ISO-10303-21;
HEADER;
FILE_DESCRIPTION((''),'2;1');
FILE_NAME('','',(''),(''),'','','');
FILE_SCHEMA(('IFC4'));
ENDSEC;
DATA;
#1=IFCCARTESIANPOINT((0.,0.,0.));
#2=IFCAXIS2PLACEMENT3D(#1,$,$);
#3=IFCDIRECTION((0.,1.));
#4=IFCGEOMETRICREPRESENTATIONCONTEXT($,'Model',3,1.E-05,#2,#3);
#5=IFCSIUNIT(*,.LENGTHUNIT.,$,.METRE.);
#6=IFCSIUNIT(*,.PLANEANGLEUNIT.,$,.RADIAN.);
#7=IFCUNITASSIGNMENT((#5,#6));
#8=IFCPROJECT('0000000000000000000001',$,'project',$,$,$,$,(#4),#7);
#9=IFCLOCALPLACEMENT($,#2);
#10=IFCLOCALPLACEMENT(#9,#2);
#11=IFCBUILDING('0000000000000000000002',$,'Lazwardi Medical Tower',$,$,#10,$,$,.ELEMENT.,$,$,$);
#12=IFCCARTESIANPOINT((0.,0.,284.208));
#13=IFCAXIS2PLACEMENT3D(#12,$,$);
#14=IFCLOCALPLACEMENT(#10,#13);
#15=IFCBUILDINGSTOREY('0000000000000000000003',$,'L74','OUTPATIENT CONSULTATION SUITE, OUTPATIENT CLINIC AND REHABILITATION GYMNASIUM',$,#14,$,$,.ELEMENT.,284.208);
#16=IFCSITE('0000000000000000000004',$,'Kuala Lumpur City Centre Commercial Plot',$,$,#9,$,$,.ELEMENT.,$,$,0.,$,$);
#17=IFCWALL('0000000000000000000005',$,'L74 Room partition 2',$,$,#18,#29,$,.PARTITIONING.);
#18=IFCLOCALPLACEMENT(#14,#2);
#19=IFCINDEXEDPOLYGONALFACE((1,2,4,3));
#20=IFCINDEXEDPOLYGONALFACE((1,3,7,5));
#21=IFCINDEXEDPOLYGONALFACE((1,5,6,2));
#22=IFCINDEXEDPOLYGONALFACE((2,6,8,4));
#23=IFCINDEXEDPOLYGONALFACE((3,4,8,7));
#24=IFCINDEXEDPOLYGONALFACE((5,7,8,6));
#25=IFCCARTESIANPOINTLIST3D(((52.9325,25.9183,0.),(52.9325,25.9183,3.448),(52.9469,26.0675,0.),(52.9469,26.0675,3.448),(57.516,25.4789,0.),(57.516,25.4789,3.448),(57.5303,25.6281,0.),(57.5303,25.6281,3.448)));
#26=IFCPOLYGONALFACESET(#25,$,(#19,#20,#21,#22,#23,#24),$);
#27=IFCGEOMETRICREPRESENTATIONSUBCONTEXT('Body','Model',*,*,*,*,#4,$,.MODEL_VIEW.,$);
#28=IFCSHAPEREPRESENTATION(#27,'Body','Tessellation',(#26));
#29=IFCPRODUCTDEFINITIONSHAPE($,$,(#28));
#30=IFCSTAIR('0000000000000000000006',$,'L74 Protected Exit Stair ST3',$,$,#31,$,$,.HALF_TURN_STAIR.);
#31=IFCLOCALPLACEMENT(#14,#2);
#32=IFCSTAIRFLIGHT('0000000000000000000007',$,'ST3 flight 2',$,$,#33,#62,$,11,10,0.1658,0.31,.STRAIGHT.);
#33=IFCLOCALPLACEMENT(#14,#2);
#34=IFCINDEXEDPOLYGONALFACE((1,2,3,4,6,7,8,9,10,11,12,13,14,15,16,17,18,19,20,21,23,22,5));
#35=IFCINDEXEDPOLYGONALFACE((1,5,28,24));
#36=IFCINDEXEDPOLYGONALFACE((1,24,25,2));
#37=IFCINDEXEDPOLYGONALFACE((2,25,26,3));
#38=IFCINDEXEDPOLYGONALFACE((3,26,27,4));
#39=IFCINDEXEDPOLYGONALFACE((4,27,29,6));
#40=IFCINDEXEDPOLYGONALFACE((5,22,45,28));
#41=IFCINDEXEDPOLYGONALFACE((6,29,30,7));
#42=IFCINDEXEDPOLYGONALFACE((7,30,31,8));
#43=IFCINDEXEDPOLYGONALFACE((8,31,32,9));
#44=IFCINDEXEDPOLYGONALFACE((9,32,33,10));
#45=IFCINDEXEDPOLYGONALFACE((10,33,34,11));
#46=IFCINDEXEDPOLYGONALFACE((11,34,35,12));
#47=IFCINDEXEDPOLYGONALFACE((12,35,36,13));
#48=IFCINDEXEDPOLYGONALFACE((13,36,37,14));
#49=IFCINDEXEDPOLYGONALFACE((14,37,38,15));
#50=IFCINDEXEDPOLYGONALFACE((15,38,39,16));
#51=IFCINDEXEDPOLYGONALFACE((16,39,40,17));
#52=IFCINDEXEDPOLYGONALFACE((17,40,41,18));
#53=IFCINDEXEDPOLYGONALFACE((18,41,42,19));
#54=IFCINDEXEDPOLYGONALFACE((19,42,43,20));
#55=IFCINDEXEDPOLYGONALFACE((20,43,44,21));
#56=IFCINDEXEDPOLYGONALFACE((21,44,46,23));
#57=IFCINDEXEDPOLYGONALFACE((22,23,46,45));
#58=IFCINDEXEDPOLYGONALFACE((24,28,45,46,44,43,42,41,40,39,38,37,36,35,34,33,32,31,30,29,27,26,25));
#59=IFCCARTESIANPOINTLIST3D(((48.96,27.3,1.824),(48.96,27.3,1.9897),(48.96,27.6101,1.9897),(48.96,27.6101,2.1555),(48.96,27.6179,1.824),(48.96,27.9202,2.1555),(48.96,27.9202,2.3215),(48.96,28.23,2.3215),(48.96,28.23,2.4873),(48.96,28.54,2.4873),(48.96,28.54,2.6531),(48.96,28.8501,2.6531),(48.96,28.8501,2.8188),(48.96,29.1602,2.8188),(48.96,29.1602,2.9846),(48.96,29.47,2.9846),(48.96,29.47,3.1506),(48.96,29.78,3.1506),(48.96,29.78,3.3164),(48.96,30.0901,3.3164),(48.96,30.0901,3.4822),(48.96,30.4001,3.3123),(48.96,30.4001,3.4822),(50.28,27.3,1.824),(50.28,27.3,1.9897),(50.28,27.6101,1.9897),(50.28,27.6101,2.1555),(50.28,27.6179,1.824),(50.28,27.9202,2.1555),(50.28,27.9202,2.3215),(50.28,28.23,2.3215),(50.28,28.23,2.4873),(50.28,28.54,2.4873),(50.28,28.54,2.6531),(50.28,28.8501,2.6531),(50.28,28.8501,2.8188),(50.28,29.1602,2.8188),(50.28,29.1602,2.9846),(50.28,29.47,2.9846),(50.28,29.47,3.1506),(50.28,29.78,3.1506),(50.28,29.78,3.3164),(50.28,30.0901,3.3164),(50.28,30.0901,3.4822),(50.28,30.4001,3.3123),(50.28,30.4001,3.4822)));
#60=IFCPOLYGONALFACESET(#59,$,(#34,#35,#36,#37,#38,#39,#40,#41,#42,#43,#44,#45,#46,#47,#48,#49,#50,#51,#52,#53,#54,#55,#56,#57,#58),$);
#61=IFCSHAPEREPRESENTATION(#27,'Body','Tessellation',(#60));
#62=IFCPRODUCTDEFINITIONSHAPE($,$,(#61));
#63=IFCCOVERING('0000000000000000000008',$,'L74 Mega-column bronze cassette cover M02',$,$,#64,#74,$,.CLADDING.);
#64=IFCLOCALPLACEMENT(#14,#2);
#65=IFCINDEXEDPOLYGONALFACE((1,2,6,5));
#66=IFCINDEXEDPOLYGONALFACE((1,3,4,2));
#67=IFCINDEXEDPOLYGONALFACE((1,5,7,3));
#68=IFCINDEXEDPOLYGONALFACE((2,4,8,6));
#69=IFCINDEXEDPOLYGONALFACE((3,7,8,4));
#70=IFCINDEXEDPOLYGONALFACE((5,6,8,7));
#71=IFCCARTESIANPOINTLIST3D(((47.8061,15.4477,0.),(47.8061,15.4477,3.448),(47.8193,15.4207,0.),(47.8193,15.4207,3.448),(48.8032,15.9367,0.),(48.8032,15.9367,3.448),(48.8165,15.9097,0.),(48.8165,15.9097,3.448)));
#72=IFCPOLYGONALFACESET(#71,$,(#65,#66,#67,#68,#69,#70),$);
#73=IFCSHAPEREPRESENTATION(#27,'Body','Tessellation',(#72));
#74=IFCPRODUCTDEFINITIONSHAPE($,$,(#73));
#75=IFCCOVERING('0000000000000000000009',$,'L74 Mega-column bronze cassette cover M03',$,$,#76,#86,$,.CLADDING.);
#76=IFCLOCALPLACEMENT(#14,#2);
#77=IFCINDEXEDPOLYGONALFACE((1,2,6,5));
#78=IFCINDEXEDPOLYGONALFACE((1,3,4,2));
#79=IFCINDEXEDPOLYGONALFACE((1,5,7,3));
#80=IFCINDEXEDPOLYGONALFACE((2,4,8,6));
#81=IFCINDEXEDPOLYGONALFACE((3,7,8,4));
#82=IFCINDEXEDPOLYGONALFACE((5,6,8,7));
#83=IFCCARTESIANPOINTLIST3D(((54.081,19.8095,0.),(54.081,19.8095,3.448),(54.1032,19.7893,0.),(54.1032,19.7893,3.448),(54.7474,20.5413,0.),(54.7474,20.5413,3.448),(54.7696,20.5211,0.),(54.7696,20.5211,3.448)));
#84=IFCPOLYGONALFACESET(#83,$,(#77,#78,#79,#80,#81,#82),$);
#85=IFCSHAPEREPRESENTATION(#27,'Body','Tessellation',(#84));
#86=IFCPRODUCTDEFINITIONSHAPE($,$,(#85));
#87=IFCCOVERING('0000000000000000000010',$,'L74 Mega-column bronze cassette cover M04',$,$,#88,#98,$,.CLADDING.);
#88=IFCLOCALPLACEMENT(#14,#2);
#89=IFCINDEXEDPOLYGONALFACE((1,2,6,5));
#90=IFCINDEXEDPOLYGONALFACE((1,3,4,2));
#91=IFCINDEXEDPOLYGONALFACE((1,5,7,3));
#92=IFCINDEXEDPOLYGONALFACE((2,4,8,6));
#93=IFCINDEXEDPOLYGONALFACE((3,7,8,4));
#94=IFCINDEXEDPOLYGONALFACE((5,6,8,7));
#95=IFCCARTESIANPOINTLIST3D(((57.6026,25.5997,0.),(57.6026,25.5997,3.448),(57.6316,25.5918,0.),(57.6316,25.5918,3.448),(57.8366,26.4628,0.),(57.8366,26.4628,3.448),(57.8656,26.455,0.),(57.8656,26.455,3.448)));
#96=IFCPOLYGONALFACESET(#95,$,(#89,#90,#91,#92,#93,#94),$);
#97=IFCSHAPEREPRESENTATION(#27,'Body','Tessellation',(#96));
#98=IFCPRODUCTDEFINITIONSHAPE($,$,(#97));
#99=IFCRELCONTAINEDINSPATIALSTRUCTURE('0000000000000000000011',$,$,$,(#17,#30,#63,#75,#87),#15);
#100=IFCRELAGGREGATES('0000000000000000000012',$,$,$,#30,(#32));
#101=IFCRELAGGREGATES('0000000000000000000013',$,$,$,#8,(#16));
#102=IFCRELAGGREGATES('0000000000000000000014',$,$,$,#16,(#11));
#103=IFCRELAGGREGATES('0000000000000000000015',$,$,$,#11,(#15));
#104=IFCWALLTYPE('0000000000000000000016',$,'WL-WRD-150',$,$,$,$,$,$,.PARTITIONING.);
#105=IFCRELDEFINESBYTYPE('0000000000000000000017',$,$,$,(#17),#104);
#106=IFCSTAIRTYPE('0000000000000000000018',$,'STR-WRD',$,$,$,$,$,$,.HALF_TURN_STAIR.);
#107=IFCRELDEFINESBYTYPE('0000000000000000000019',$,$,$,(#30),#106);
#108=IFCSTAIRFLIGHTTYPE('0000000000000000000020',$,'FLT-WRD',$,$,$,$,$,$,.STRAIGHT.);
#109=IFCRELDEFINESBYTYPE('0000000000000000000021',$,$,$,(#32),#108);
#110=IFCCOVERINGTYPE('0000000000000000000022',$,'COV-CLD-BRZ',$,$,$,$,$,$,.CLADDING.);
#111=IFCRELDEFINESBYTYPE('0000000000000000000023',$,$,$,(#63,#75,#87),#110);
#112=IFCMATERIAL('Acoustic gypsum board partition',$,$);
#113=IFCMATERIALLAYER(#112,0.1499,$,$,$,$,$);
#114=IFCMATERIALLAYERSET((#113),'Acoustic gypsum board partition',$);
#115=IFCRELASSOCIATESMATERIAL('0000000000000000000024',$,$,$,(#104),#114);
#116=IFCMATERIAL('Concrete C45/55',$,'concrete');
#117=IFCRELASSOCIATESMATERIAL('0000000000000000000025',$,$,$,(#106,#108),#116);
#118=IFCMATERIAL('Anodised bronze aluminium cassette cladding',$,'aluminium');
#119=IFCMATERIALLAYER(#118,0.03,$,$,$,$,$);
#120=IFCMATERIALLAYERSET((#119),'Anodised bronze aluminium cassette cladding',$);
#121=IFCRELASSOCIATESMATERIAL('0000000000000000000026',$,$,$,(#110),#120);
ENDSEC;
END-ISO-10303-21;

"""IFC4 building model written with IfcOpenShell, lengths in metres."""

from ifc_helpers import new_model, si_unit, direction, frame, frame_2d, origin, origin_2d, place, context, subcontext, project, spatial, polyline, rectangle, outline, extrude, material, layer, layer_set, type_object, element, aggregate, save


model = new_model("IFC4")

# Units and contexts
model_context = context("Model", 3, precision=1e-05, world=origin(), true_north=direction((0.0, 1.0)))
body_context = subcontext(model_context, "Body", "Model", "MODEL_VIEW")
ifc_project = project(units=[si_unit("LENGTHUNIT", "METRE"), si_unit("PLANEANGLEUNIT", "RADIAN")], contexts=[model_context])

# Site, building, storey
site_placement = place(None, origin())
site = spatial("IfcSite", under=ifc_project, at=site_placement, Name="Kuala Lumpur City Centre Commercial Plot", CompositionType="ELEMENT", RefElevation=0.0)
building_placement = place(site_placement, origin())
building = spatial("IfcBuilding", under=site, at=building_placement, Name="Lazwardi Medical Tower", CompositionType="ELEMENT")
storey_placement = place(building_placement, frame((0.0, 0.0, 284.208)))
storey = spatial("IfcBuildingStorey", under=building, at=storey_placement, Name="L74", Description="OUTPATIENT CONSULTATION SUITE, OUTPATIENT CLINIC AND REHABILITATION GYMNASIUM", CompositionType="ELEMENT", Elevation=284.208)

# Wall
ifc_material_1 = material(Name="Acoustic gypsum board partition")
ifc_layer_1 = layer(ifc_material_1, 0.1499)
ifc_layer_set_1 = layer_set([ifc_layer_1], Name="Acoustic gypsum board partition")
wall_type_1 = type_object("IfcWallType", Name="WL-WRD-150", PredefinedType="PARTITIONING", material=ifc_layer_set_1)
wall_1_placement = place(storey_placement, frame((52.9397, 25.9929, 0.0), z_axis=(0.0, 0.0, 1.0), x_axis=(0.995435, -0.09544, 0.0)))
element("IfcWall", 1, at=wall_1_placement, inside=storey, type_object=wall_type_1, Name="L74 Room partition 2", PredefinedType="PARTITIONING", context=body_context, shape_type="SweptSolid", body=[
    extrude(rectangle(XDim=4.6045, YDim=0.1499, at=frame_2d((2.3022, 0.0))), origin(), (0.0, 0.0, 1.0), 3.448),
])

# Stair, stair flight
ifc_material_2 = material(Name="Concrete C45/55", Category="concrete")
stair_type = type_object("IfcStairType", Name="STR-WRD", PredefinedType="HALF_TURN_STAIR", material=ifc_material_2)
stair_placement = place(storey_placement, origin())
stair = element("IfcStair", 2, at=stair_placement, inside=storey, type_object=stair_type, Name="L74 Protected Exit Stair ST3", PredefinedType="HALF_TURN_STAIR")
stair_flight_type = type_object("IfcStairFlightType", Name="FLT-WRD", PredefinedType="STRAIGHT", material=ifc_material_2)
stair_flight_placement = place(storey_placement, frame((49.6201, 27.3, 1.824), z_axis=(0.0, 0.0, 1.0), x_axis=(0.0, 1.0, 0.0)))
stair_flight = element("IfcStairFlight", 3, at=stair_flight_placement, type_object=stair_flight_type, Name="ST3 flight 2", NumberOfRisers=11, NumberOfTreads=10, PredefinedType="STRAIGHT", RiserHeight=0.1658, TreadLength=0.31, context=body_context, shape_type="SweptSolid", body=[
    extrude(outline(polyline([(0.0, 0.0), (0.0, 0.1658), (0.3101, 0.1658), (0.3101, 0.3315), (0.6201, 0.3315), (0.6201, 0.4976), (0.9299, 0.4976), (0.9299, 0.6633), (1.24, 0.6633), (1.24, 0.8291), (1.55, 0.8291), (1.55, 0.9949), (1.8601, 0.9949), (1.8601, 1.1606), (2.1699, 1.1606), (2.1699, 1.3267), (2.48, 1.3267), (2.48, 1.4924), (2.79, 1.4924), (2.79, 1.6582), (3.1001, 1.6582), (3.1001, 1.824), (3.1001, 1.4883), (0.3179, 0.0), (0.0, 0.0)])), frame((0.0, 0.6602, 0.0), z_axis=(0.0, -1.0, 0.0), x_axis=(1.0, 0.0, 0.0)), (0.0, 0.0, 1.0), 1.3201),
])
aggregate(stair, [stair_flight])

# Coverings
ifc_material_3 = material(Name="Anodised bronze aluminium cassette cladding", Category="aluminium")
ifc_layer_2 = layer(ifc_material_3, 0.03)
ifc_layer_set_2 = layer_set([ifc_layer_2], Name="Anodised bronze aluminium cassette cladding")
covering_type = type_object("IfcCoveringType", Name="COV-CLD-BRZ", PredefinedType="CLADDING", material=ifc_layer_set_2)
covering_1_placement = place(storey_placement, frame((48.3113, 15.6787, 0.0), z_axis=(0.0, 0.0, 1.0), x_axis=(0.89784, 0.440322, 0.0)))
element("IfcCovering", 4, at=covering_1_placement, inside=storey, type_object=covering_type, Name="L74 Mega-column bronze cassette cover M02", PredefinedType="CLADDING", context=body_context, shape_type="SweptSolid", body=[
    extrude(rectangle(XDim=1.1106, YDim=0.03, at=origin_2d()), origin(), (0.0, 0.0, 1.0), 3.448),
])
covering_2_placement = place(storey_placement, frame((54.4253, 20.1653, 0.0), z_axis=(0.0, 0.0, 1.0), x_axis=(0.673241, 0.739423, 0.0)))
element("IfcCovering", 5, at=covering_2_placement, inside=storey, type_object=covering_type, Name="L74 Mega-column bronze cassette cover M03", PredefinedType="CLADDING", context=body_context, shape_type="SweptSolid", body=[
    extrude(rectangle(XDim=0.9897, YDim=0.03, at=origin_2d()), origin(), (0.0, 0.0, 1.0), 3.448),
])
covering_3_placement = place(storey_placement, frame((57.7341, 26.0273, 0.0), z_axis=(0.0, 0.0, 1.0), x_axis=(0.261642, 0.965165, 0.0)))
element("IfcCovering", 6, at=covering_3_placement, inside=storey, type_object=covering_type, Name="L74 Mega-column bronze cassette cover M04", PredefinedType="CLADDING", context=body_context, shape_type="SweptSolid", body=[
    extrude(rectangle(XDim=0.8943, YDim=0.03, at=origin_2d()), origin(), (0.0, 0.0, 1.0), 3.448),
])

save(model, "model.ifc")
